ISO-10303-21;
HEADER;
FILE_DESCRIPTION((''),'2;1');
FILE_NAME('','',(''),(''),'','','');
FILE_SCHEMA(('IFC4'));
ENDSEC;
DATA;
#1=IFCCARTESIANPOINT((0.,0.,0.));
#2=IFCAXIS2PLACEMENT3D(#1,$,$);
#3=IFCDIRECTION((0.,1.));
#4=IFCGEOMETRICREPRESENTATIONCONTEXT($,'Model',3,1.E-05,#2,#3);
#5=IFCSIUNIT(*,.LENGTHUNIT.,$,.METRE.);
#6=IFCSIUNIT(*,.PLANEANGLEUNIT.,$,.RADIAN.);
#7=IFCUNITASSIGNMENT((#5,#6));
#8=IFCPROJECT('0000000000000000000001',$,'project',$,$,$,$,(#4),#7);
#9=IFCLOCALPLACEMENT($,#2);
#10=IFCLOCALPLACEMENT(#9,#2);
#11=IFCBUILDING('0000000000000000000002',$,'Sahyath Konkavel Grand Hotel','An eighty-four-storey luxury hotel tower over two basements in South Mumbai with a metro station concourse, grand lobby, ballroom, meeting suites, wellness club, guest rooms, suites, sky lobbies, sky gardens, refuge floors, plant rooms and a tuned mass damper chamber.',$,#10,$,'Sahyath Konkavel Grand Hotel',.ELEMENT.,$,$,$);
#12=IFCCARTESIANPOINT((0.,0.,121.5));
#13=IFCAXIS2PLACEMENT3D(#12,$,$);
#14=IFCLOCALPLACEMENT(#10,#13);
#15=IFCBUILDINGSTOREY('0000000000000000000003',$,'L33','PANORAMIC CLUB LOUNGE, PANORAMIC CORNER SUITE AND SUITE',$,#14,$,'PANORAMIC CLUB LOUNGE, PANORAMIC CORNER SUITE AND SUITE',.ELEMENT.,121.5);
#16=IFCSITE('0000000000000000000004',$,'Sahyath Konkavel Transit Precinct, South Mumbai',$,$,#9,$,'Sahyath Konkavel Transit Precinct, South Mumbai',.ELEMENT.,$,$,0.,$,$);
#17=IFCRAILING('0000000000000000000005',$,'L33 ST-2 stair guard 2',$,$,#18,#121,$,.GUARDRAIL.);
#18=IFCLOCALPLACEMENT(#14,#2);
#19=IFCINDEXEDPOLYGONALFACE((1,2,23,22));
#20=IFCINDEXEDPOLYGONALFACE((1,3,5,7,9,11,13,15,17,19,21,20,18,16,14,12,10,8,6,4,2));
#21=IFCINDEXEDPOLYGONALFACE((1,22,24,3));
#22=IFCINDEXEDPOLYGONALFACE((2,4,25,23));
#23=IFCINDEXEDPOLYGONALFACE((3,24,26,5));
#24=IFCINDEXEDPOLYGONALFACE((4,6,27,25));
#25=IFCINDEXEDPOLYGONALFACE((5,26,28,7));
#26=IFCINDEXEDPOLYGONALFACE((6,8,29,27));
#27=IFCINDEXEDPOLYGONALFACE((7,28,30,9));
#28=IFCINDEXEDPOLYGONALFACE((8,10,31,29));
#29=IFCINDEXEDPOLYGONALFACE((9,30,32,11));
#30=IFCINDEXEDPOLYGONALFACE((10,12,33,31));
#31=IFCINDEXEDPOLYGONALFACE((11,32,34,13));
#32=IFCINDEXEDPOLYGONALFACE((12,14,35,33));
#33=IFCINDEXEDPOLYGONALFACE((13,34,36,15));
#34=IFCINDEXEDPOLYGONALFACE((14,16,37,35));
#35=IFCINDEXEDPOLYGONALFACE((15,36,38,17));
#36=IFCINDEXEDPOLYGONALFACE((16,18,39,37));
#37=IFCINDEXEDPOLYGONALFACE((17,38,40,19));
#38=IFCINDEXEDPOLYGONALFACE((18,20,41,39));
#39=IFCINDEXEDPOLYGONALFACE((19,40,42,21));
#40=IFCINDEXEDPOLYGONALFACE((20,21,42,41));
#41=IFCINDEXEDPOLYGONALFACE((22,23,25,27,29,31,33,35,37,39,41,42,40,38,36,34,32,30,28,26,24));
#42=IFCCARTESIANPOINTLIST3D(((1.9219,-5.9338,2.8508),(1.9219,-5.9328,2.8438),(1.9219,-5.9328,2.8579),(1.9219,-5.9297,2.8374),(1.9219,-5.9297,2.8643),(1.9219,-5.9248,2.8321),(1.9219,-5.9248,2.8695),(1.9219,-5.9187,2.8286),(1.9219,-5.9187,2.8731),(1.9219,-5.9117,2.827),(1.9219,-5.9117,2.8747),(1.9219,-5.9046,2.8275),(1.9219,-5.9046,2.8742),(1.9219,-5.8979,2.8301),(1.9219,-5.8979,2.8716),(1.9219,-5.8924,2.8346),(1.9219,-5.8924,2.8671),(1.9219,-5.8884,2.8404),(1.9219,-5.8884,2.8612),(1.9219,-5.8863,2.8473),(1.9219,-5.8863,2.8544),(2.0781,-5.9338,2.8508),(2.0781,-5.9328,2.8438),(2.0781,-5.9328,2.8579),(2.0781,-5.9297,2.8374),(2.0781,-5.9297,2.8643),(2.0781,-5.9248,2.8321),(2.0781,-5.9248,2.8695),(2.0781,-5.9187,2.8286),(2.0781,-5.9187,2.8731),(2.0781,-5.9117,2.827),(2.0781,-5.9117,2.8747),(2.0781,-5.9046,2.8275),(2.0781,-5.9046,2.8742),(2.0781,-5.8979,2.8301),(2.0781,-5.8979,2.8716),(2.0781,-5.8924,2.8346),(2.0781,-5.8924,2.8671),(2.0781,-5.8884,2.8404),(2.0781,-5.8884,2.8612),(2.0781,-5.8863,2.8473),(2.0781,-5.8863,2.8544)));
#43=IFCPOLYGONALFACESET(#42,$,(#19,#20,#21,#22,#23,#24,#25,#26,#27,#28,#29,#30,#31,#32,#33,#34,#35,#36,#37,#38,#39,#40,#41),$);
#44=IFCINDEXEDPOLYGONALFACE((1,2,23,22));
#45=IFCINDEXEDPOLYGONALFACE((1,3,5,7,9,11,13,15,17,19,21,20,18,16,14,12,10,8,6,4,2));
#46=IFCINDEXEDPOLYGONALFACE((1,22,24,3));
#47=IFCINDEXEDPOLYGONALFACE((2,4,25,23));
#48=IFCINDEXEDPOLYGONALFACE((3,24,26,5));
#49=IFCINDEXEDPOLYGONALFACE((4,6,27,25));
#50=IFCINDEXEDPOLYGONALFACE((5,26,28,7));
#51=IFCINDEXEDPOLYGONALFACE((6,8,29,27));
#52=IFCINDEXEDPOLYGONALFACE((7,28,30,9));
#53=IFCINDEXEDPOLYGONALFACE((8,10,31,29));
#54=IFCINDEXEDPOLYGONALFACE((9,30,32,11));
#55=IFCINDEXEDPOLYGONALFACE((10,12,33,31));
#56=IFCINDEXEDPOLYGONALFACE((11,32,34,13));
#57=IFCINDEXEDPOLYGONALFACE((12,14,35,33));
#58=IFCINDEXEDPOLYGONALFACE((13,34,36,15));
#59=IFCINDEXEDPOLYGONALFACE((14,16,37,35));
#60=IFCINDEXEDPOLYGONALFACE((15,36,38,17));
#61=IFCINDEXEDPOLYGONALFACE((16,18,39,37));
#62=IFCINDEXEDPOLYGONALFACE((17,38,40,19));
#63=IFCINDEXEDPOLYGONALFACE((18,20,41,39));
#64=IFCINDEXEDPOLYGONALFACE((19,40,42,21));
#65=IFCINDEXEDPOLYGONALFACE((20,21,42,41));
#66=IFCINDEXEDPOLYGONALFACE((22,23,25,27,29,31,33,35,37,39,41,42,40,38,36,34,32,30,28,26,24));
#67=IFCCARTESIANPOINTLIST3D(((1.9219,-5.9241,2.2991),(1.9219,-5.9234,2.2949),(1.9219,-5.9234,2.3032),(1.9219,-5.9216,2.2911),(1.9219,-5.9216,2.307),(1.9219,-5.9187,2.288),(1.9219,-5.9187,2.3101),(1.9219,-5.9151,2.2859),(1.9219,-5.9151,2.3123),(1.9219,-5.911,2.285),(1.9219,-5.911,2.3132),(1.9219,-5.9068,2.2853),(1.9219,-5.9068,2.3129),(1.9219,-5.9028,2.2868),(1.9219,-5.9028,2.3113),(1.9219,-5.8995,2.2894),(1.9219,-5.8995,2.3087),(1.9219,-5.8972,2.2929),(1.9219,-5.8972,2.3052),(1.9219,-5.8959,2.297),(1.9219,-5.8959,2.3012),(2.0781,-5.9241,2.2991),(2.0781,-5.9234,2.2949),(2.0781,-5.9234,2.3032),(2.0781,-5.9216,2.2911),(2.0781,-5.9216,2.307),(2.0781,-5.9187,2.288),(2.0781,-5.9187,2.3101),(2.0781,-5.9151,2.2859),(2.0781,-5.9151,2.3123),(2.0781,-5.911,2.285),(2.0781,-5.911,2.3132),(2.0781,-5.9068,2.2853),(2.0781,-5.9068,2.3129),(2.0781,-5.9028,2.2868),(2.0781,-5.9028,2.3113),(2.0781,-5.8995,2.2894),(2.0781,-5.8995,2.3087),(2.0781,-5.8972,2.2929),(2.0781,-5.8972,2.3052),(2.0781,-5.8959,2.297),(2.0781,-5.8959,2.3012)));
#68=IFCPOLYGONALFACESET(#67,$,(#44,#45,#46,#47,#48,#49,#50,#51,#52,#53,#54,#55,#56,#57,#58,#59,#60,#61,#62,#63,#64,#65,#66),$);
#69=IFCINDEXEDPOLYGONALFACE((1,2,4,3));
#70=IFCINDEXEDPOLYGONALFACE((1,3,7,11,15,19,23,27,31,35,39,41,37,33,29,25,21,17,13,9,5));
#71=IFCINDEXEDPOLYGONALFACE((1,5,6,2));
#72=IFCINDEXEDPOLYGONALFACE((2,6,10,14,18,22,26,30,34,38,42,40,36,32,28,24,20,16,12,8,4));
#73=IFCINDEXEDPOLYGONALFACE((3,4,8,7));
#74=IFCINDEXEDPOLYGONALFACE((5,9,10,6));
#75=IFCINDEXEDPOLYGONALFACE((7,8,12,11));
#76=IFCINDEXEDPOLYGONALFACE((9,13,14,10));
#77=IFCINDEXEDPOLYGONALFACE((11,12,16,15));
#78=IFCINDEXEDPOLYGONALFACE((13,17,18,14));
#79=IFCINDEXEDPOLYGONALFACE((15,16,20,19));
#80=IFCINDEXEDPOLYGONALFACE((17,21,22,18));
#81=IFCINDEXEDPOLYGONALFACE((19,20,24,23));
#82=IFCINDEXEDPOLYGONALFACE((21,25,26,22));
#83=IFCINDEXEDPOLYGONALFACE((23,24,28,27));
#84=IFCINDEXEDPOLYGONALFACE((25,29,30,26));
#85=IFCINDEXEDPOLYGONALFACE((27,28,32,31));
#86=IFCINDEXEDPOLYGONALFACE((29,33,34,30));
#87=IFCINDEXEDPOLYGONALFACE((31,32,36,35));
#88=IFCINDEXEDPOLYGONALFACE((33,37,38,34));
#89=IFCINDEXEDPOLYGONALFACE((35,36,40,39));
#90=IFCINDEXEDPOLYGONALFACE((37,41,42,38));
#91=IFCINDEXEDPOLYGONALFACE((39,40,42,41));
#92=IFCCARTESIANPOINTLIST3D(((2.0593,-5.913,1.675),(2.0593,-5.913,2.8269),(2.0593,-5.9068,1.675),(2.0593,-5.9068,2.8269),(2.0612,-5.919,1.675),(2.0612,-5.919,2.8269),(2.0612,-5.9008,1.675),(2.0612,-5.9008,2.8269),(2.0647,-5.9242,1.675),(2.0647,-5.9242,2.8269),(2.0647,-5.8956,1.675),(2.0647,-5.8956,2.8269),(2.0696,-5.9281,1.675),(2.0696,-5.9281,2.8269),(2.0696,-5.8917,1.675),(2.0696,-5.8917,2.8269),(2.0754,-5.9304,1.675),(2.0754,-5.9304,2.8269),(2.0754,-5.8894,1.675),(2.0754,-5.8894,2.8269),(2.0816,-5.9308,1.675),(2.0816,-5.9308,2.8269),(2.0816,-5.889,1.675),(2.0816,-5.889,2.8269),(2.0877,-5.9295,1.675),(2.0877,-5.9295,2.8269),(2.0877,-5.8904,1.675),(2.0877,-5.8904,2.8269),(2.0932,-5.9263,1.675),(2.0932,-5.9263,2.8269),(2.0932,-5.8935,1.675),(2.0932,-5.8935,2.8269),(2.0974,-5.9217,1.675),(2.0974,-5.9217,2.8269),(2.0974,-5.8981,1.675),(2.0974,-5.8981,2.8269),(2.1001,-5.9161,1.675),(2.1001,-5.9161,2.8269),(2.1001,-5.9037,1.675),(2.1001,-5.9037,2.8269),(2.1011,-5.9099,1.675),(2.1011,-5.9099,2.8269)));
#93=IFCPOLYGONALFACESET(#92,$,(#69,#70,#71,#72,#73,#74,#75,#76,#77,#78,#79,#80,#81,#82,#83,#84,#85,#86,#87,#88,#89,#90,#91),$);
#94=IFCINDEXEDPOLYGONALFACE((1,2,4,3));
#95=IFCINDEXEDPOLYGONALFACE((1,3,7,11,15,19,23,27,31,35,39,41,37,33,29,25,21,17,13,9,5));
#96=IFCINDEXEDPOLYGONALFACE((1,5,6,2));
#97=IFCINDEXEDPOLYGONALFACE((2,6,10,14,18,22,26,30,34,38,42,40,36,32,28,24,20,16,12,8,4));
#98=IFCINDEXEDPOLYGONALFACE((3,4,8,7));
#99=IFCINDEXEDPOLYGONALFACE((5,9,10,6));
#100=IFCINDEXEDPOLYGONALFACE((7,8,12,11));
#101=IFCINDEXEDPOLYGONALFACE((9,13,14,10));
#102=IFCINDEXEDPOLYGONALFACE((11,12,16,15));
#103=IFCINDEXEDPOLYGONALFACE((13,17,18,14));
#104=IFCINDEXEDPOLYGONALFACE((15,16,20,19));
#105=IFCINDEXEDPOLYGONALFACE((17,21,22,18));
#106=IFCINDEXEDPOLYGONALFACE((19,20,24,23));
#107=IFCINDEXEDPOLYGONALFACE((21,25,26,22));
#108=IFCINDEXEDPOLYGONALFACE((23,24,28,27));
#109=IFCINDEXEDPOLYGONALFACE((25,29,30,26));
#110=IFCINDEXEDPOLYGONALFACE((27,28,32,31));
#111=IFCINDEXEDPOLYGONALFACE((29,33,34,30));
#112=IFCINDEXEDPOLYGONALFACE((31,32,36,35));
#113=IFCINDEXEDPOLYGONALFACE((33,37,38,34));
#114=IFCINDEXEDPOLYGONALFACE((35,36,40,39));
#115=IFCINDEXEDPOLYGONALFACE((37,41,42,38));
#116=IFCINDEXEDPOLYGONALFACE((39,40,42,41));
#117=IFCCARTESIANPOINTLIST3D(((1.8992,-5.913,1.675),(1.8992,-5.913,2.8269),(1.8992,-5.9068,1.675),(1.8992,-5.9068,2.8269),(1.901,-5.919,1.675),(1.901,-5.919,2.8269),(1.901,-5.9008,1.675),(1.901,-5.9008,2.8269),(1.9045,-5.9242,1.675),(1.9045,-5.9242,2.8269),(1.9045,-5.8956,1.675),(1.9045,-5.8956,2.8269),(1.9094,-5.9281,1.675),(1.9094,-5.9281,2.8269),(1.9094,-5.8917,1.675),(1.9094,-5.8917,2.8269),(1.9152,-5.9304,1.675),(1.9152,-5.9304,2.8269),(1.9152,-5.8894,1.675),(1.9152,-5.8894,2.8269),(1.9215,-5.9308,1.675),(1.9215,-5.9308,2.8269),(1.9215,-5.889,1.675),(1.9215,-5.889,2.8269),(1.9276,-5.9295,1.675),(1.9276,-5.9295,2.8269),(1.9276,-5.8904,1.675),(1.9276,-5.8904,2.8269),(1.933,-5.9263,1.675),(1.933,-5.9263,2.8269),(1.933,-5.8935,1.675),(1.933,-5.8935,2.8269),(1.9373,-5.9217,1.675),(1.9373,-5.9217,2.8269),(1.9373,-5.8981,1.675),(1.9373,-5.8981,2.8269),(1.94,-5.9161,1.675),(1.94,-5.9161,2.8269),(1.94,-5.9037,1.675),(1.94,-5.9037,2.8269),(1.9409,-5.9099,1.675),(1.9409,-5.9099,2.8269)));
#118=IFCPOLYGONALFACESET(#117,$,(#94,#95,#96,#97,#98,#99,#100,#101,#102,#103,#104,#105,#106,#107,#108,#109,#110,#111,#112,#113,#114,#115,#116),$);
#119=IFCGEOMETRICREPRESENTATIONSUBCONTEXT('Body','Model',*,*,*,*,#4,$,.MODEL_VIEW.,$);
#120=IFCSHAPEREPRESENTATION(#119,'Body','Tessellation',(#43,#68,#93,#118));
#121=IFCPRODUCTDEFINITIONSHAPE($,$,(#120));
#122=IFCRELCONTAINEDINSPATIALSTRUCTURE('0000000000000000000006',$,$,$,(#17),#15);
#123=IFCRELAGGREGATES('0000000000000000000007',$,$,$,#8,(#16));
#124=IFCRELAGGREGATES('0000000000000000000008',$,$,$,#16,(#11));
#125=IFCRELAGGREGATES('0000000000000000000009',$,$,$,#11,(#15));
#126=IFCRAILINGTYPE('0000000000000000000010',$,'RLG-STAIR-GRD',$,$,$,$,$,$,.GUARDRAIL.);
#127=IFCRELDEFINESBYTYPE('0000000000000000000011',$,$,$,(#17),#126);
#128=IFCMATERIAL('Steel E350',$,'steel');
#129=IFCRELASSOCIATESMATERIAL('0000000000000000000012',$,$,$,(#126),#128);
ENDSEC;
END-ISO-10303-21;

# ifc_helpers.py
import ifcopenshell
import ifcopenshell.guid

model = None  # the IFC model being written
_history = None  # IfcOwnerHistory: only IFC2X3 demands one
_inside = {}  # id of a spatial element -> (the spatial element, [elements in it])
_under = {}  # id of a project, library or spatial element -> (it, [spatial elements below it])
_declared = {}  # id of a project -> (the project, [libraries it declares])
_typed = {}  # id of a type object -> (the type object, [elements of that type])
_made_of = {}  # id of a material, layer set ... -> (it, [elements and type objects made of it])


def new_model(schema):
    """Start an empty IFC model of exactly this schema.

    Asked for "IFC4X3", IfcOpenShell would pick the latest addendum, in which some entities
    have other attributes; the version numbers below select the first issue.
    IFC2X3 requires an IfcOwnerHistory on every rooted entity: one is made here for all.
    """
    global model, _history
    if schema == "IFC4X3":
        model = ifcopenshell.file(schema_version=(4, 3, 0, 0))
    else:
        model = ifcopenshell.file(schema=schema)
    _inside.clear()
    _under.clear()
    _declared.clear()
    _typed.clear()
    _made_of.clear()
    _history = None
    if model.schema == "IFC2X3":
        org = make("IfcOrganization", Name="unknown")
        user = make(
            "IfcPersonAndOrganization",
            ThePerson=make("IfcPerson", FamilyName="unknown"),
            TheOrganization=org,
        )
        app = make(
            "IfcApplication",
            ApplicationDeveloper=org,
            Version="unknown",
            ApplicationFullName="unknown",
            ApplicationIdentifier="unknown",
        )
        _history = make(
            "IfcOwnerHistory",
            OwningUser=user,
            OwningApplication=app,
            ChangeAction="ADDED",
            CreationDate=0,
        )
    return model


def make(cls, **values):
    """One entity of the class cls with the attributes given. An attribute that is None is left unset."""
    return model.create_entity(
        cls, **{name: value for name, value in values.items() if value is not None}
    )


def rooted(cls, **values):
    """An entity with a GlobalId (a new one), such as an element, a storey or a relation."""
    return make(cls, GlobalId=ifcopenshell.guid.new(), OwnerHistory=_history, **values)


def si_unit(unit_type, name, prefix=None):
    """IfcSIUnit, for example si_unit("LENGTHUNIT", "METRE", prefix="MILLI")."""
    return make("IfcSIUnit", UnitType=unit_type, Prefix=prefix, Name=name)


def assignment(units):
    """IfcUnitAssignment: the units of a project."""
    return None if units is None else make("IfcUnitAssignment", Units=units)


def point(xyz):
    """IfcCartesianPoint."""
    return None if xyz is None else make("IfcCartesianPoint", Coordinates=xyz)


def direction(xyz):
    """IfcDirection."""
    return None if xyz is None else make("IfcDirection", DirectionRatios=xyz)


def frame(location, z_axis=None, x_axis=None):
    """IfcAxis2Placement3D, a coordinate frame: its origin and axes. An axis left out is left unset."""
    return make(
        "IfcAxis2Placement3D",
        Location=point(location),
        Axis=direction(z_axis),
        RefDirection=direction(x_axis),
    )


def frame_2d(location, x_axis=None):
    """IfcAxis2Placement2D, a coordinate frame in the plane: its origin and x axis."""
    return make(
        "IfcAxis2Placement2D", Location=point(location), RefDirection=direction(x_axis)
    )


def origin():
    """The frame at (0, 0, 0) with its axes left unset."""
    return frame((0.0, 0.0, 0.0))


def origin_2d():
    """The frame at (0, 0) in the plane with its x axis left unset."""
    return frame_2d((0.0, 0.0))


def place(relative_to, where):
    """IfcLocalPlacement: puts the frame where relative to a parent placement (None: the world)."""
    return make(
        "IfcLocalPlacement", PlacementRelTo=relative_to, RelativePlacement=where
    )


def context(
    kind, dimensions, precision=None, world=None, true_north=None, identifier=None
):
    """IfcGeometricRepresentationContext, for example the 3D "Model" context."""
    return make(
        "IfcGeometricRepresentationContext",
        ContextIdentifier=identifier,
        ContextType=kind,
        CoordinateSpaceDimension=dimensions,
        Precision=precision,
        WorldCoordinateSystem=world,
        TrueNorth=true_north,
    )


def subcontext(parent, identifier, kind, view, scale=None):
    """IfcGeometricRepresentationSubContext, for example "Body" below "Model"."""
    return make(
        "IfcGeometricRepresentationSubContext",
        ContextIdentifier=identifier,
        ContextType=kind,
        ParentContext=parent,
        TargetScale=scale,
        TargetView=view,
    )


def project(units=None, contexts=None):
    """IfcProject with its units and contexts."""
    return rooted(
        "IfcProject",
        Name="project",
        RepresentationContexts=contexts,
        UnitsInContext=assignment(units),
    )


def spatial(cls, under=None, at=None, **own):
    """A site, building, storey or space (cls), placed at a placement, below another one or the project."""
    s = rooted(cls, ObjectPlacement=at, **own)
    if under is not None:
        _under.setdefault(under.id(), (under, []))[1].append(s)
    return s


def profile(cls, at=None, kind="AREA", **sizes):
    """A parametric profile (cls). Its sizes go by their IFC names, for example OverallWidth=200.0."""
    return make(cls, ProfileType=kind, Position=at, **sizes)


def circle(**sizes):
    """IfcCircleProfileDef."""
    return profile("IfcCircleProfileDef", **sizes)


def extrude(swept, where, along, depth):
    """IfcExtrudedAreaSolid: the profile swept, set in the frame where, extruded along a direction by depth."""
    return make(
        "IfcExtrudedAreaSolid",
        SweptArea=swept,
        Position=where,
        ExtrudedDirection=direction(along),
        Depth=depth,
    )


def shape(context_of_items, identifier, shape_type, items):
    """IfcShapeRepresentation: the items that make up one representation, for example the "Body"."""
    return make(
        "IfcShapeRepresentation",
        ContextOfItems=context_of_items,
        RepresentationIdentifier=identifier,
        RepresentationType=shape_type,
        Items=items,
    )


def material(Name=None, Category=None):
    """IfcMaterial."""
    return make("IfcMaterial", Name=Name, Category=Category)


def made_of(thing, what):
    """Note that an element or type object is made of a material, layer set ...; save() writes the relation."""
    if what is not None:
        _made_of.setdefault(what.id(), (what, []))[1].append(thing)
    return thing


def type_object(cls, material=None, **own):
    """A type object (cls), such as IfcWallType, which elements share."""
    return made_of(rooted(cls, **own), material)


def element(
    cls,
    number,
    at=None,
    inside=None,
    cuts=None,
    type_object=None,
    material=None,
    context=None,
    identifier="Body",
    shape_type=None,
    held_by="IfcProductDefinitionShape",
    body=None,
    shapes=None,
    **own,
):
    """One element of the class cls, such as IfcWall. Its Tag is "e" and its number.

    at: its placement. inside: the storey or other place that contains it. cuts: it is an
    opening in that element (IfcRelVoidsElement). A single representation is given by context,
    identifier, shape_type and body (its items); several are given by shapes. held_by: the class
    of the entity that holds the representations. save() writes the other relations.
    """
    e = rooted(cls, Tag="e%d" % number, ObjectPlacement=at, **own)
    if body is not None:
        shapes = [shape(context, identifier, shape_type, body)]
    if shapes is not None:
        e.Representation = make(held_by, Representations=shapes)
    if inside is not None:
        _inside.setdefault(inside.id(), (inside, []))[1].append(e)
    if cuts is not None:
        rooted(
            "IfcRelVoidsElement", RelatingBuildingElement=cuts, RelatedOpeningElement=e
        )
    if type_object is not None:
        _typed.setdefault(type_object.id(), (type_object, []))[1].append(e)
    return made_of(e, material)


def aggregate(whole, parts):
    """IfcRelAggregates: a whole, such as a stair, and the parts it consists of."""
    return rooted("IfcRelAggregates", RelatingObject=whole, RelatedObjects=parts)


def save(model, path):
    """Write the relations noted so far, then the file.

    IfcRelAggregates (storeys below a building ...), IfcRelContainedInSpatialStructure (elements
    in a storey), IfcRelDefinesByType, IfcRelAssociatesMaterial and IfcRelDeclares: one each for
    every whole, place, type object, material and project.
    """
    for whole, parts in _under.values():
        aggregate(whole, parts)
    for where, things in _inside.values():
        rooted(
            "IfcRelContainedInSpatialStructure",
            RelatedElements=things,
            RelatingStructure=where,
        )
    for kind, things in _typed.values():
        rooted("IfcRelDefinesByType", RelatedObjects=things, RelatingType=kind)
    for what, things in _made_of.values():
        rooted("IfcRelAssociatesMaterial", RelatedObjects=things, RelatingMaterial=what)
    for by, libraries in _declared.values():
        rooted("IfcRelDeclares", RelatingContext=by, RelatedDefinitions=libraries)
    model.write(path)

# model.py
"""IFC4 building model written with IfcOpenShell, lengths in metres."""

from ifc_helpers import new_model, si_unit, direction, frame, origin, origin_2d, place, context, subcontext, project, spatial, circle, extrude, material, type_object, element, save


model = new_model("IFC4")

# Units and contexts
model_context = context("Model", 3, precision=1e-05, world=origin(), true_north=direction((0.0, 1.0)))
body_context = subcontext(model_context, "Body", "Model", "MODEL_VIEW")
ifc_project = project(units=[si_unit("LENGTHUNIT", "METRE"), si_unit("PLANEANGLEUNIT", "RADIAN")], contexts=[model_context])

# Site, building, storey
site_placement = place(None, origin())
site = spatial("IfcSite", under=ifc_project, at=site_placement, Name="Sahyath Konkavel Transit Precinct, South Mumbai", LongName="Sahyath Konkavel Transit Precinct, South Mumbai", CompositionType="ELEMENT", RefElevation=0.0)
building_placement = place(site_placement, origin())
building = spatial("IfcBuilding", under=site, at=building_placement, Name="Sahyath Konkavel Grand Hotel", Description="An eighty-four-storey luxury hotel tower over two basements in South Mumbai with a metro station concourse, grand lobby, ballroom, meeting suites, wellness club, guest rooms, suites, sky lobbies, sky gardens, refuge floors, plant rooms and a tuned mass damper chamber.", LongName="Sahyath Konkavel Grand Hotel", CompositionType="ELEMENT")
storey_placement = place(building_placement, frame((0.0, 0.0, 121.5)))
storey = spatial("IfcBuildingStorey", under=building, at=storey_placement, Name="L33", Description="PANORAMIC CLUB LOUNGE, PANORAMIC CORNER SUITE AND SUITE", LongName="PANORAMIC CLUB LOUNGE, PANORAMIC CORNER SUITE AND SUITE", CompositionType="ELEMENT", Elevation=121.5)

# Shared definitions
ifc_material_1 = material(Name="Steel E350", Category="steel")

# Railing
railing_type_1 = type_object("IfcRailingType", Name="RLG-STAIR-GRD", PredefinedType="GUARDRAIL", material=ifc_material_1)
railing_1_placement = place(storey_placement, frame((2.0801, -5.9099, 1.675)))
element("IfcRailing", 1, at=railing_1_placement, inside=storey, type_object=railing_type_1, Name="L33 ST-2 stair guard 2", PredefinedType="GUARDRAIL", context=body_context, shape_type="SweptSolid", body=[
    extrude(circle(Radius=0.0239, at=origin_2d()), frame((-0.002, 0.0, 1.1758), z_axis=(-1.0, 0.0, 0.0), x_axis=(0.0, -1.0, 0.0)), (0.0, 0.0, 1.0), 0.1562),
    extrude(circle(Radius=0.0142, at=origin_2d()), frame((-0.002, 0.0, 0.624), z_axis=(-1.0, 0.0, 0.0), x_axis=(0.0, -1.0, 0.0)), (0.0, 0.0, 1.0), 0.1562),
    extrude(circle(Radius=0.021, at=origin_2d()), origin(), (0.0, 0.0, 1.0), 1.1519),
    extrude(circle(Radius=0.021, at=origin_2d()), frame((-0.1602, 0.0, 0.0)), (0.0, 0.0, 1.0), 1.1519),
])

save(model, "model.ifc")
